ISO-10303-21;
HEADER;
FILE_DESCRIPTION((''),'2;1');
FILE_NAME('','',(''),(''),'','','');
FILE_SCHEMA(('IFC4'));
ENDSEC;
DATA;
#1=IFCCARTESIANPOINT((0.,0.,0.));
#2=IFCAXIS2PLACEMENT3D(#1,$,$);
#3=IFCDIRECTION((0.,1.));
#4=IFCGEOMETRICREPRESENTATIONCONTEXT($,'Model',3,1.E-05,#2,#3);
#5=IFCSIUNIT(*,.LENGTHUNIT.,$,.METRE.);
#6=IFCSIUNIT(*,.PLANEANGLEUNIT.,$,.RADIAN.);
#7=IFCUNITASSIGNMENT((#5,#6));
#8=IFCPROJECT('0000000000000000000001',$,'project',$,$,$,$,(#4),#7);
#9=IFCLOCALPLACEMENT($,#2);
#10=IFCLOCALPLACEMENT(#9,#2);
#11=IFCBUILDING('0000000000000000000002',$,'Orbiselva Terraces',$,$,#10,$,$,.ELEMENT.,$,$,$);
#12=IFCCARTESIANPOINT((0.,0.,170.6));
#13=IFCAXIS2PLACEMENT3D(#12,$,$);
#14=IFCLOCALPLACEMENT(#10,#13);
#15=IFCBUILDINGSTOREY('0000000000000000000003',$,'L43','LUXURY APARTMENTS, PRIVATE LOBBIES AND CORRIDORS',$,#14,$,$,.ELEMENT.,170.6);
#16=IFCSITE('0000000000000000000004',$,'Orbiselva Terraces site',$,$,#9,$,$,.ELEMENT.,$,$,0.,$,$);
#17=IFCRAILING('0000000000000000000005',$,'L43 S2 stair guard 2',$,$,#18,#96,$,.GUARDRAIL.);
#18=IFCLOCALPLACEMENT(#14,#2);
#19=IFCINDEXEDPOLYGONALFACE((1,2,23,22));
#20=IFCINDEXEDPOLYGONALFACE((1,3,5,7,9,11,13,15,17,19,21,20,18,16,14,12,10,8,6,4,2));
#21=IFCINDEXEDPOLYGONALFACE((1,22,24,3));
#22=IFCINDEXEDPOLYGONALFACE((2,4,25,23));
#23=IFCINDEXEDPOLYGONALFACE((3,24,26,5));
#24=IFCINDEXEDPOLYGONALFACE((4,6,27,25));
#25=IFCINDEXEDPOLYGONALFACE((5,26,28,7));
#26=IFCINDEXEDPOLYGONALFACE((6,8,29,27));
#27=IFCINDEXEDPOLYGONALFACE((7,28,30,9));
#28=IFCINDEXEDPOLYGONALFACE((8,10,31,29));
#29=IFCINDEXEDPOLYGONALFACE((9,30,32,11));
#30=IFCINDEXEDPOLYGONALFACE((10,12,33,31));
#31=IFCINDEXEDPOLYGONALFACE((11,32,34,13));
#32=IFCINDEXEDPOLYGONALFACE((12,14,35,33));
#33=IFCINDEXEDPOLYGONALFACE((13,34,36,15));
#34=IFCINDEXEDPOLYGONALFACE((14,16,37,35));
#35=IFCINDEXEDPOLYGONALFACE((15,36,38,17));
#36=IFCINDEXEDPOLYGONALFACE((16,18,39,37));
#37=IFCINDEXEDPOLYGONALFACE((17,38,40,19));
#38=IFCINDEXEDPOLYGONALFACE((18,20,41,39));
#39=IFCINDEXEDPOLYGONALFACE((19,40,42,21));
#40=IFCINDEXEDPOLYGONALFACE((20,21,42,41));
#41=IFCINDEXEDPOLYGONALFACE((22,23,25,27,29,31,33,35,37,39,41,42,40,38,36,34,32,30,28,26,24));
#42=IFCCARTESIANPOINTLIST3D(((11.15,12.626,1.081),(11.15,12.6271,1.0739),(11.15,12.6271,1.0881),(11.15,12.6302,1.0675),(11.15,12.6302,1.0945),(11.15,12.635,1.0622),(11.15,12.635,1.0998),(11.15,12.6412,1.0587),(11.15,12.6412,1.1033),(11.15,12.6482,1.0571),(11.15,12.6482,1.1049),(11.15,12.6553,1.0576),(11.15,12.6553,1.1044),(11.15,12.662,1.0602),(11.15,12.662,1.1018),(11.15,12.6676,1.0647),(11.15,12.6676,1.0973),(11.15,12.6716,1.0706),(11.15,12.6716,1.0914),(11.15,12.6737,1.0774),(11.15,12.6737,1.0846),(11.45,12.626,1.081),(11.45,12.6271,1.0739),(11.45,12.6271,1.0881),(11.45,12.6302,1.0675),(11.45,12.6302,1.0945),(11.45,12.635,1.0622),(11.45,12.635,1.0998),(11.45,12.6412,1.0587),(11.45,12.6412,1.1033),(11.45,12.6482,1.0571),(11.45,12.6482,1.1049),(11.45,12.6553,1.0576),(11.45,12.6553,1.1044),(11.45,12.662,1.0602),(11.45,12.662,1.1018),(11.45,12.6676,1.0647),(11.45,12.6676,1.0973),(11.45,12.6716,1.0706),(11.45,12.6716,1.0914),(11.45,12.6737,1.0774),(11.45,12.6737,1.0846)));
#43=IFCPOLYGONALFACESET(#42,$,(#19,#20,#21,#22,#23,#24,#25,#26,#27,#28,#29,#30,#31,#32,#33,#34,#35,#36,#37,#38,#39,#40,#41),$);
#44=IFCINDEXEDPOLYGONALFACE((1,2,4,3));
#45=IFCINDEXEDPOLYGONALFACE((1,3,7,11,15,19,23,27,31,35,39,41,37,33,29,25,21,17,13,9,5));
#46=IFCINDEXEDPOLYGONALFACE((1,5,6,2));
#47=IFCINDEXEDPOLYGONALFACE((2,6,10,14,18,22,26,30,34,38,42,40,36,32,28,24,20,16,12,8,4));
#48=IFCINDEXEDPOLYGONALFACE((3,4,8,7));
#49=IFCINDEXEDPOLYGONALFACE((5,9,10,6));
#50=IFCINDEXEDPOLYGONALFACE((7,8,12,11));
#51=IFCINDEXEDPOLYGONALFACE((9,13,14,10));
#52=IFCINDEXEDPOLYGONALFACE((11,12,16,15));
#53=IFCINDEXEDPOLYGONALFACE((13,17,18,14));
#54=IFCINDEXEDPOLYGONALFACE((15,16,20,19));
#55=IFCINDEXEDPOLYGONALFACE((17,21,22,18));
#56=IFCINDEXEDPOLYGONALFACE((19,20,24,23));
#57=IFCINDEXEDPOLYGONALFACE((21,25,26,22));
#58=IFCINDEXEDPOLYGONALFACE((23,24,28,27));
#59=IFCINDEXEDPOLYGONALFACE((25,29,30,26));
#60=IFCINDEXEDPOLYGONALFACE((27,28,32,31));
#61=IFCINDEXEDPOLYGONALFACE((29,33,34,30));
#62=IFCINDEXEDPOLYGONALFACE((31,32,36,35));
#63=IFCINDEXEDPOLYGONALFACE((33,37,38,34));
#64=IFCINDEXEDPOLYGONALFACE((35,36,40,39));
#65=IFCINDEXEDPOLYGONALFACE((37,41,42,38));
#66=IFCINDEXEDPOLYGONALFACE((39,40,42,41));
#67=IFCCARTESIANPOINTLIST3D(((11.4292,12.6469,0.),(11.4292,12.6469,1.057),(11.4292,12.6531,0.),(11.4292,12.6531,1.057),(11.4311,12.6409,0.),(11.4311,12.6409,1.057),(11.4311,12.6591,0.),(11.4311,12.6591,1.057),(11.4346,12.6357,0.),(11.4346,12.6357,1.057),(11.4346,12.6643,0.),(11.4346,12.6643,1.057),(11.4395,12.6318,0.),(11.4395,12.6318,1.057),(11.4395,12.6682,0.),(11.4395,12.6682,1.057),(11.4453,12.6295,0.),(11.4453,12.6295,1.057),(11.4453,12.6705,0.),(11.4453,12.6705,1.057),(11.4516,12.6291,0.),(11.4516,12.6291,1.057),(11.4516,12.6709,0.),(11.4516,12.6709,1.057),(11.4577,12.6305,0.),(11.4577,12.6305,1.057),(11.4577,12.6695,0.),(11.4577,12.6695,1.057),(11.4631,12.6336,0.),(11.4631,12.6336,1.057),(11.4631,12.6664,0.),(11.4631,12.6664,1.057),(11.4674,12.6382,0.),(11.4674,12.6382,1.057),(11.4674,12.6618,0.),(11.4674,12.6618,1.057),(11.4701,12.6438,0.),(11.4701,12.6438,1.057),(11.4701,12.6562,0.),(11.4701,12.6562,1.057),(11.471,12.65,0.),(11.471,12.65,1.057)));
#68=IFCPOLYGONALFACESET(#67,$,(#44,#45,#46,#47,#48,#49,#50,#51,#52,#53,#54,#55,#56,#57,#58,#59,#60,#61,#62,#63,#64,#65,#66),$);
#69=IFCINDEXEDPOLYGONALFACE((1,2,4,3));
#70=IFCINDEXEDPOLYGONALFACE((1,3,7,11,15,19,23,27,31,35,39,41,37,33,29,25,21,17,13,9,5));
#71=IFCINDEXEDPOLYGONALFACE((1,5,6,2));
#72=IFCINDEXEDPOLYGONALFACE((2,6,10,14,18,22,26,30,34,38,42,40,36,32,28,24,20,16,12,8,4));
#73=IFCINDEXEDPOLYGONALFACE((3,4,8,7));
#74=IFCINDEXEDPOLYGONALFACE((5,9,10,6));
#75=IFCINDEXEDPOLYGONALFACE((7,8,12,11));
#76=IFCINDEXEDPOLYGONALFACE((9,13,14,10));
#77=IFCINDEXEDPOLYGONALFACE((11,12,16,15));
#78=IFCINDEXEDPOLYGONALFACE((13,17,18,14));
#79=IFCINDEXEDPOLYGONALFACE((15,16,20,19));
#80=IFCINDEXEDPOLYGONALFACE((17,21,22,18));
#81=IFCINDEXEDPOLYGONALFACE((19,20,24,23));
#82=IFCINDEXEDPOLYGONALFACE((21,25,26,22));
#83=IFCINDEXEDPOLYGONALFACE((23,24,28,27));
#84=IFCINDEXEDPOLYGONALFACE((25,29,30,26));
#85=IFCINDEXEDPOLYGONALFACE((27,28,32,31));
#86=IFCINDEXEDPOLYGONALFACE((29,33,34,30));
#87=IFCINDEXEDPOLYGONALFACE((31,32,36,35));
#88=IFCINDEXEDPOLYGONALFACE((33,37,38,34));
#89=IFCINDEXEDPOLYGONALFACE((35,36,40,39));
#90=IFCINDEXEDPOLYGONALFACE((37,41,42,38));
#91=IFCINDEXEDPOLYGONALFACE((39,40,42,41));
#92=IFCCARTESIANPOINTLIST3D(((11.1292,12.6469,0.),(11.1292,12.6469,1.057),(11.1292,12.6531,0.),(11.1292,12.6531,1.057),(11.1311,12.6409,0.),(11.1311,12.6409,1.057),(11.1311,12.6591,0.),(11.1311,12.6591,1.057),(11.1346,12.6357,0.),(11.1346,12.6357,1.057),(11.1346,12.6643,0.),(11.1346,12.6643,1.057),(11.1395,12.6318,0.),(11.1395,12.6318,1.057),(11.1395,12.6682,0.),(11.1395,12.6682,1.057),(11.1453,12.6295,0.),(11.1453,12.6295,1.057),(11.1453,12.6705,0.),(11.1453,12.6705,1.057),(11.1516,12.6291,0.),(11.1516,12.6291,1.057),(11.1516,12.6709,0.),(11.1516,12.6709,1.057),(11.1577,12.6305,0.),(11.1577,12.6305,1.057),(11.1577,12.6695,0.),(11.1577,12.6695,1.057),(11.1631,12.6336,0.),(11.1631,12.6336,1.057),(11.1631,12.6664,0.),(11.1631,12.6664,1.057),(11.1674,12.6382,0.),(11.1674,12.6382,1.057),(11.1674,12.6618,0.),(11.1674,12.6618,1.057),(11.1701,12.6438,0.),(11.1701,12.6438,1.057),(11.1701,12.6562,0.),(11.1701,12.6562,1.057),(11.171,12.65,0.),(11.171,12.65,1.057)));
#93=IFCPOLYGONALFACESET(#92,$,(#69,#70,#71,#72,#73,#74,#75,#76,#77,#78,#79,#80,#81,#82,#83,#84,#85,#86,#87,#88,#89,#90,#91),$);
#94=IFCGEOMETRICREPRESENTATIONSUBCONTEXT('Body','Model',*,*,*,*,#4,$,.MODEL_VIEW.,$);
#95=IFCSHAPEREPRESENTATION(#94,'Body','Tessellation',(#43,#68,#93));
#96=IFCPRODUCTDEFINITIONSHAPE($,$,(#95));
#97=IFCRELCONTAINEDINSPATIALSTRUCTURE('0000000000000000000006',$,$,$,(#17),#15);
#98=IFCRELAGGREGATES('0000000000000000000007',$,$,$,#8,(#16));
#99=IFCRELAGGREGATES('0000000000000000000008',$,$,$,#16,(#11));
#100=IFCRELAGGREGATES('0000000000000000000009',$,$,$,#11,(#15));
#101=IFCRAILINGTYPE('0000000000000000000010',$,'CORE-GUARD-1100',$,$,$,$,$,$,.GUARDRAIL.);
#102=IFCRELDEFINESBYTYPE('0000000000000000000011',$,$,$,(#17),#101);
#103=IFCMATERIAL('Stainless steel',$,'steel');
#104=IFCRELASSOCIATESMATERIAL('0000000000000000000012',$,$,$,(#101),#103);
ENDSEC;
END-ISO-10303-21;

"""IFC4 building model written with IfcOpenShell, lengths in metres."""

from ifc_helpers import new_model, si_unit, direction, frame, origin, origin_2d, place, context, subcontext, project, spatial, circle, extrude, material, type_object, element, save


model = new_model("IFC4")

# Units and contexts
model_context = context("Model", 3, precision=1e-05, world=origin(), true_north=direction((0.0, 1.0)))
body_context = subcontext(model_context, "Body", "Model", "MODEL_VIEW")
ifc_project = project(units=[si_unit("LENGTHUNIT", "METRE"), si_unit("PLANEANGLEUNIT", "RADIAN")], contexts=[model_context])

# Site, building, storey
site_placement = place(None, origin())
site = spatial("IfcSite", under=ifc_project, at=site_placement, Name="Orbiselva Terraces site", CompositionType="ELEMENT", RefElevation=0.0)
building_placement = place(site_placement, origin())
building = spatial("IfcBuilding", under=site, at=building_placement, Name="Orbiselva Terraces", CompositionType="ELEMENT")
storey_placement = place(building_placement, frame((0.0, 0.0, 170.6)))
storey = spatial("IfcBuildingStorey", under=building, at=storey_placement, Name="L43", Description="LUXURY APARTMENTS, PRIVATE LOBBIES AND CORRIDORS", CompositionType="ELEMENT", Elevation=170.6)

# Railing
ifc_material_1 = material(Name="Stainless steel", Category="steel")
railing_type_1 = type_object("IfcRailingType", Name="CORE-GUARD-1100", PredefinedType="GUARDRAIL", material=ifc_material_1)
railing_1_placement = place(storey_placement, frame((11.45, 12.65, 0.0)))
element("IfcRailing", 1, at=railing_1_placement, inside=storey, type_object=railing_type_1, Name="L43 S2 stair guard 2", PredefinedType="GUARDRAIL", context=body_context, shape_type="SweptSolid", body=[
    extrude(circle(Radius=0.024, at=origin_2d()), frame((0.0, 0.0, 1.081), z_axis=(-1.0, 0.0, 0.0), x_axis=(0.0, -1.0, 0.0)), (0.0, 0.0, 1.0), 0.3),
    extrude(circle(Radius=0.021, at=origin_2d()), origin(), (0.0, 0.0, 1.0), 1.057),
    extrude(circle(Radius=0.021, at=origin_2d()), frame((-0.3, 0.0, 0.0)), (0.0, 0.0, 1.0), 1.057),
])

save(model, "model.ifc")
